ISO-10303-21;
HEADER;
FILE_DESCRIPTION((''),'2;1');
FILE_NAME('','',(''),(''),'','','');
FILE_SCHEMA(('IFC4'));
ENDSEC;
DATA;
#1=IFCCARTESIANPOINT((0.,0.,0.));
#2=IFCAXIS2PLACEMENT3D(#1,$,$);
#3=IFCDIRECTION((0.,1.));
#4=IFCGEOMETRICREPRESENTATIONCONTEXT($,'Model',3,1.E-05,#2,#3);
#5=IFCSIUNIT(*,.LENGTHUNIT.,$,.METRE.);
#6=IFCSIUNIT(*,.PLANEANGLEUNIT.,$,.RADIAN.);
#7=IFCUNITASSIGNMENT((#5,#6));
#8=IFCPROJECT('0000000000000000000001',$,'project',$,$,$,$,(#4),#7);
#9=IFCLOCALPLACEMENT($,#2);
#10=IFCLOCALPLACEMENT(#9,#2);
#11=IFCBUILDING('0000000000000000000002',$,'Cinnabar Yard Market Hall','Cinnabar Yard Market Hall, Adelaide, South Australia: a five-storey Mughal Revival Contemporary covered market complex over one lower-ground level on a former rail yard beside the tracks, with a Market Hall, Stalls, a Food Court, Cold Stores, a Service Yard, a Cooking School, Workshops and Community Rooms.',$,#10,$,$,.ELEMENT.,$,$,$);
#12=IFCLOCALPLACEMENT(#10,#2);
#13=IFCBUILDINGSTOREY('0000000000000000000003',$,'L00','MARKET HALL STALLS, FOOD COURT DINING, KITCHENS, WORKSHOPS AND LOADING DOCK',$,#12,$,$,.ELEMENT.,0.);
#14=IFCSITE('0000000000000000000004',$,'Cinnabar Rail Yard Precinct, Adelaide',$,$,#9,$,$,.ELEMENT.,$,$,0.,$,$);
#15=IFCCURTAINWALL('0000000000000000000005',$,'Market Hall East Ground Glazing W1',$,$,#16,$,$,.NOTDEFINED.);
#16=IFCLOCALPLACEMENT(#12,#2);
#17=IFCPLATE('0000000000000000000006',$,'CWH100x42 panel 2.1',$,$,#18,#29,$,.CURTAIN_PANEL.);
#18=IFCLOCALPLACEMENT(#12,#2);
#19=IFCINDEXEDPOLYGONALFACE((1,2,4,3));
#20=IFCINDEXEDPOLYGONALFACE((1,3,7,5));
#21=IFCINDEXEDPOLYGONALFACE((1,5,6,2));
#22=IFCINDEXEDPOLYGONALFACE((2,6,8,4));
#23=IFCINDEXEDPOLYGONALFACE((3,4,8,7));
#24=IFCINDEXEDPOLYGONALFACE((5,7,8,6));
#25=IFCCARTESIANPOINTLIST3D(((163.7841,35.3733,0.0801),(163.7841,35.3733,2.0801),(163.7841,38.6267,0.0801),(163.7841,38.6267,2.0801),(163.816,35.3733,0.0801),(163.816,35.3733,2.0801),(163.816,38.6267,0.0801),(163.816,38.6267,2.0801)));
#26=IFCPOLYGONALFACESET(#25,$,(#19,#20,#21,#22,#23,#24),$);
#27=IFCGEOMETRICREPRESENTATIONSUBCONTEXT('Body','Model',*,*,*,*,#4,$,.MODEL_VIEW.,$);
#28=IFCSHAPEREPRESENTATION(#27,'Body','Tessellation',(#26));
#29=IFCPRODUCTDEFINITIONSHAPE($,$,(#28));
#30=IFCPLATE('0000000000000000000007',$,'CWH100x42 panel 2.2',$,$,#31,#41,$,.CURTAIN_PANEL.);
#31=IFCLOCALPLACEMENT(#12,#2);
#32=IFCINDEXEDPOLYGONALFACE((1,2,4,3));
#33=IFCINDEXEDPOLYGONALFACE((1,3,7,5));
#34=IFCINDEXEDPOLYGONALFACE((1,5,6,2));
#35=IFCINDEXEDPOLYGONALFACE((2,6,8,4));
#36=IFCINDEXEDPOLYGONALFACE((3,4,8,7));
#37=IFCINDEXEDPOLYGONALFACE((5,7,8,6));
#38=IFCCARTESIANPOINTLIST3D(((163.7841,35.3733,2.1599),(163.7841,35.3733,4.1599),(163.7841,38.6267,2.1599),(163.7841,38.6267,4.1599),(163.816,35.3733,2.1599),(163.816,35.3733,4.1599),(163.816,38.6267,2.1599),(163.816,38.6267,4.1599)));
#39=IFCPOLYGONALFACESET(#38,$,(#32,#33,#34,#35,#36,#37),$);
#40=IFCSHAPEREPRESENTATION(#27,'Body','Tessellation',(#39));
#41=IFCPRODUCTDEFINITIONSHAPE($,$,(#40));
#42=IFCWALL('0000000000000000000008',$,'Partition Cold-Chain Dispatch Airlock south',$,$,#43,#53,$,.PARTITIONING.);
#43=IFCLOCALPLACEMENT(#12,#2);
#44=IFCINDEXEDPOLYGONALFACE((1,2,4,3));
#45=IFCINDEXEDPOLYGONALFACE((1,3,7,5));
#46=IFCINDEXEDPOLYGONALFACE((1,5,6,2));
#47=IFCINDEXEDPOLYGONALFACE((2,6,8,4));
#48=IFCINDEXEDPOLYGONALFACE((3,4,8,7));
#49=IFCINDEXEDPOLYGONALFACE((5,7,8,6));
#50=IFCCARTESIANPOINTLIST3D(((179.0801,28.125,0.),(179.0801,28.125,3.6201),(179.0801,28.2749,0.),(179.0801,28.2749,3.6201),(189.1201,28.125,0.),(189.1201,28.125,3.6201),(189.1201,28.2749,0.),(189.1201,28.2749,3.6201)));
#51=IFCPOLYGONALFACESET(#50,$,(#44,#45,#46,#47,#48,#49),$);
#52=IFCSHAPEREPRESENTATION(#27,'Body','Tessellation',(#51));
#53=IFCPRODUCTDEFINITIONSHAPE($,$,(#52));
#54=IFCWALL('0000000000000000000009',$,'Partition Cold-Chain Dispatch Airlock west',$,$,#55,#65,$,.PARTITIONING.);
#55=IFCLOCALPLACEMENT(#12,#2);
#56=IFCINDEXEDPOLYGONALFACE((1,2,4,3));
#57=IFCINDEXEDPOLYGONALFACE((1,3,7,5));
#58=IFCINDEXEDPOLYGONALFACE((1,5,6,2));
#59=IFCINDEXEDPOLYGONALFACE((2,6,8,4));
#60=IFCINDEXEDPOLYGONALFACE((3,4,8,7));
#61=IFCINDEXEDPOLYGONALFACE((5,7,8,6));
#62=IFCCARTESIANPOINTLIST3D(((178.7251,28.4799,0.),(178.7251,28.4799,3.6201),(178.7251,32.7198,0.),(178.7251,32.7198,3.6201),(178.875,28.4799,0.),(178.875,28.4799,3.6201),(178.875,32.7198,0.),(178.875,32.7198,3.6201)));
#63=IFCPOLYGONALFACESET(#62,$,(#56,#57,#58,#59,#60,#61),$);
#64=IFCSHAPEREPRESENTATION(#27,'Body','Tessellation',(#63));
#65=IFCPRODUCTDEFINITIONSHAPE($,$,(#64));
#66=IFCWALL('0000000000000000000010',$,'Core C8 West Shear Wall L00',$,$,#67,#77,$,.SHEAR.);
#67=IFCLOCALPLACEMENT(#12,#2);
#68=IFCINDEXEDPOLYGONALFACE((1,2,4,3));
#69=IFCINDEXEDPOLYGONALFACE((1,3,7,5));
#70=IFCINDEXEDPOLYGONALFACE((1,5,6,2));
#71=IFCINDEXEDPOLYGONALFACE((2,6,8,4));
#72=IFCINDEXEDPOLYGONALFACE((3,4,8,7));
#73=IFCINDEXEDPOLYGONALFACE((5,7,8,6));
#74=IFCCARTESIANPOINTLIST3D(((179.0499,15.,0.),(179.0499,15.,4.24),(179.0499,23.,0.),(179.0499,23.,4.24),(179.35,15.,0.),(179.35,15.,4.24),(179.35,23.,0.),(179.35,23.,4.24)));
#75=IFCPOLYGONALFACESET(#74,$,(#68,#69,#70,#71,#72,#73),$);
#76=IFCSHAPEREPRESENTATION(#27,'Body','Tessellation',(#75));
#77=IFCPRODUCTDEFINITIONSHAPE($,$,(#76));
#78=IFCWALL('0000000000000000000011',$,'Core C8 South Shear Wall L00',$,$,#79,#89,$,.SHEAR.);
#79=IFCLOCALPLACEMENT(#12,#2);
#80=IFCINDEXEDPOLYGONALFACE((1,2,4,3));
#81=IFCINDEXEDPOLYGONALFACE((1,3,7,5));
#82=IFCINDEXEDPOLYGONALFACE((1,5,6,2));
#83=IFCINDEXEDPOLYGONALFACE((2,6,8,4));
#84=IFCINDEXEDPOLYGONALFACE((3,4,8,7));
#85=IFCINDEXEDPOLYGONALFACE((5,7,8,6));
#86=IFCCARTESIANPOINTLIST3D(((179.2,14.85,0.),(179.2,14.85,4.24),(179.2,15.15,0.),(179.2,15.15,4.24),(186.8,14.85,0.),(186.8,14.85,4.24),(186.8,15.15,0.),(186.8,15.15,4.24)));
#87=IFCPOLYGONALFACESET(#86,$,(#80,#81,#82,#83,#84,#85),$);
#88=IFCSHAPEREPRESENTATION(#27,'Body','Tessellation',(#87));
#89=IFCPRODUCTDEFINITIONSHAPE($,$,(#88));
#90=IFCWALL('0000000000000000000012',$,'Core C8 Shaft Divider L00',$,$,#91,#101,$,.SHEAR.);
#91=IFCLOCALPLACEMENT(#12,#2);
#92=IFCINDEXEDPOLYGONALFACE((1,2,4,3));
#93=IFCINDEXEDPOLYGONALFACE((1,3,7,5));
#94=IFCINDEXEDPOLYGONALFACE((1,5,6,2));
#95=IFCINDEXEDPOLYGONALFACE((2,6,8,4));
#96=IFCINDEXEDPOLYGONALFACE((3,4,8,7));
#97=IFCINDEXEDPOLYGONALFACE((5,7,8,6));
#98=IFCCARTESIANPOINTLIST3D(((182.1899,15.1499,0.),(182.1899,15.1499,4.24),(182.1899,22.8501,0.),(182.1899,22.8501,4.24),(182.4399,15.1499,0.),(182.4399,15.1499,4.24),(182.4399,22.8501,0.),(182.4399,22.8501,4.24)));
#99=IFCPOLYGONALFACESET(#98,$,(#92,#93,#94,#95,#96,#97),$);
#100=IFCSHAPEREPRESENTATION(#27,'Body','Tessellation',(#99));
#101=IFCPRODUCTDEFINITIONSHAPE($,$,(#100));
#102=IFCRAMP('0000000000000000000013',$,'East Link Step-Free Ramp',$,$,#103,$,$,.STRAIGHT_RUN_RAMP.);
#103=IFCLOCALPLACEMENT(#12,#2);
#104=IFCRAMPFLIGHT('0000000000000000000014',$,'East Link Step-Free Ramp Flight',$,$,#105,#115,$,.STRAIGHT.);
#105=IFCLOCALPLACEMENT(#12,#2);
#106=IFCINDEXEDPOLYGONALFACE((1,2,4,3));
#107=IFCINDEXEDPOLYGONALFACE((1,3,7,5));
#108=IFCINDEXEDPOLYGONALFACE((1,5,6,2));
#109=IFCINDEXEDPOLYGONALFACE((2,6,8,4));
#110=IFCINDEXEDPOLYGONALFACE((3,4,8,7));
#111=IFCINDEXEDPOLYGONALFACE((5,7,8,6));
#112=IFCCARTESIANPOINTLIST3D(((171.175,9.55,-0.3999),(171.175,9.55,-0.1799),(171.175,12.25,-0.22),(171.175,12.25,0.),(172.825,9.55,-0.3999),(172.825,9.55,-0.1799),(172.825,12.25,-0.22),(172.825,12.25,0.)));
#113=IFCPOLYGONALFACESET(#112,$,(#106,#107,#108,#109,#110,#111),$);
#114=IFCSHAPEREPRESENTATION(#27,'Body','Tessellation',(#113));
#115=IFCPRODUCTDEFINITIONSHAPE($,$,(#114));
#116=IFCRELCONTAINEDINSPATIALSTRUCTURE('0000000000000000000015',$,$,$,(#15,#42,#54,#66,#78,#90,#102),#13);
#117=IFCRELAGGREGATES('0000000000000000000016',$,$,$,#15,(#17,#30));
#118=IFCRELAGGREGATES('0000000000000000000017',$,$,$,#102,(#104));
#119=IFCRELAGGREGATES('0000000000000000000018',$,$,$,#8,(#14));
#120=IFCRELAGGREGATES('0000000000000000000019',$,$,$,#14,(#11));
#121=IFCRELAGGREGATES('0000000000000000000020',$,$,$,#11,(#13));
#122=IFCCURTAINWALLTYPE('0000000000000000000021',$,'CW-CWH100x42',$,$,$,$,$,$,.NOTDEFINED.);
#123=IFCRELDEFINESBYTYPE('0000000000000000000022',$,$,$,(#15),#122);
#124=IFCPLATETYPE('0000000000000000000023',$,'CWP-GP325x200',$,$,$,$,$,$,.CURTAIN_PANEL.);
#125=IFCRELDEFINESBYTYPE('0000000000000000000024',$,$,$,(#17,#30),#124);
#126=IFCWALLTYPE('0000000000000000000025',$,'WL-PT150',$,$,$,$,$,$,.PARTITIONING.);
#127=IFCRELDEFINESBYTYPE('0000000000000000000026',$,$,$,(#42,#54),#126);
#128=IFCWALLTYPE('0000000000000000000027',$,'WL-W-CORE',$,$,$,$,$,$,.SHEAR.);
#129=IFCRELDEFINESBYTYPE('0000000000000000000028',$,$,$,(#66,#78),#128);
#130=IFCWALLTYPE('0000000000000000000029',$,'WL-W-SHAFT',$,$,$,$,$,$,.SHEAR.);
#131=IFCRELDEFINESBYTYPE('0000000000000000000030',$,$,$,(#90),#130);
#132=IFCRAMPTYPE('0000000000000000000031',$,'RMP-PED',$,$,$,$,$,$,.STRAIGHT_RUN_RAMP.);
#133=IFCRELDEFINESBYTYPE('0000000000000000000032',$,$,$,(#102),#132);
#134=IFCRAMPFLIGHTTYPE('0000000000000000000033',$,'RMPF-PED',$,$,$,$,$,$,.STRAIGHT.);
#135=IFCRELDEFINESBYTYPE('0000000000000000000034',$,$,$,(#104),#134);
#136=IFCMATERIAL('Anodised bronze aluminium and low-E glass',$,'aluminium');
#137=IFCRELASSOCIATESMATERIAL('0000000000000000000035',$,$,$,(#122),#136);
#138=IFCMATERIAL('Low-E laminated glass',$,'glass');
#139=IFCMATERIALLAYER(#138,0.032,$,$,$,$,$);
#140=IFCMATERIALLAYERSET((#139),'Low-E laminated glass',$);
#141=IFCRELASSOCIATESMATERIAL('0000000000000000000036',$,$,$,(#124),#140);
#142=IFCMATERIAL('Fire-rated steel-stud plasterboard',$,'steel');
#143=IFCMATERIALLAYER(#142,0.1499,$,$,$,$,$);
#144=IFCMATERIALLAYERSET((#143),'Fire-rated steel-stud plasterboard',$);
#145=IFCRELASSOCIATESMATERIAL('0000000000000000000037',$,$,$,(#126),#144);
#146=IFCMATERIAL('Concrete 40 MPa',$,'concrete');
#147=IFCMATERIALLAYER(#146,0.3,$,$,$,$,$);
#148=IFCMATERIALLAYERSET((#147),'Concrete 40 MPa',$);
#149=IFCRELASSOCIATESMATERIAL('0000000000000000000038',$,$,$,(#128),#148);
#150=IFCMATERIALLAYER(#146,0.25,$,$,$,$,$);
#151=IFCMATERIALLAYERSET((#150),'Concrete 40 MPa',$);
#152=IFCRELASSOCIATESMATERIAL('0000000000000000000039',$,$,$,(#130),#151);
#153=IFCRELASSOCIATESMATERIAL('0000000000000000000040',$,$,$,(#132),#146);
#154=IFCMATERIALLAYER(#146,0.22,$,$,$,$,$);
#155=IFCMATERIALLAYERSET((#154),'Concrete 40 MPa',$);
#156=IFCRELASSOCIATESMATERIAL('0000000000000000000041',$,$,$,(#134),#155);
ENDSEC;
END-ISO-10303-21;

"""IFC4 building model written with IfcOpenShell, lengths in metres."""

from ifc_helpers import new_model, si_unit, direction, frame, frame_2d, origin, origin_2d_with_axis, place, context, subcontext, project, spatial, polyline, rectangle, outline, extrude, material, layer, layer_set, type_object, element, aggregate, save


model = new_model("IFC4")

# Units and contexts
model_context = context("Model", 3, precision=1e-05, world=origin(), true_north=direction((0.0, 1.0)))
body_context = subcontext(model_context, "Body", "Model", "MODEL_VIEW")
ifc_project = project(units=[si_unit("LENGTHUNIT", "METRE"), si_unit("PLANEANGLEUNIT", "RADIAN")], contexts=[model_context])

# Site, building, storey
site_placement = place(None, origin())
site = spatial("IfcSite", under=ifc_project, at=site_placement, Name="Cinnabar Rail Yard Precinct, Adelaide", CompositionType="ELEMENT", RefElevation=0.0)
building_placement = place(site_placement, origin())
building = spatial("IfcBuilding", under=site, at=building_placement, Name="Cinnabar Yard Market Hall", Description="Cinnabar Yard Market Hall, Adelaide, South Australia: a five-storey Mughal Revival Contemporary covered market complex over one lower-ground level on a former rail yard beside the tracks, with a Market Hall, Stalls, a Food Court, Cold Stores, a Service Yard, a Cooking School, Workshops and Community Rooms.", CompositionType="ELEMENT")
storey_placement = place(building_placement, origin())
storey = spatial("IfcBuildingStorey", under=building, at=storey_placement, Name="L00", Description="MARKET HALL STALLS, FOOD COURT DINING, KITCHENS, WORKSHOPS AND LOADING DOCK", CompositionType="ELEMENT", Elevation=0.0)

# Shared definitions
ifc_material_1 = material(Name="Concrete 40 MPa", Category="concrete")

# Curtain wall, plates
ifc_material_2 = material(Name="Anodised bronze aluminium and low-E glass", Category="aluminium")
curtain_wall_type = type_object("IfcCurtainWallType", Name="CW-CWH100x42", PredefinedType="NOTDEFINED", material=ifc_material_2)
curtain_wall_placement = place(storey_placement, origin())
curtain_wall = element("IfcCurtainWall", 1, at=curtain_wall_placement, inside=storey, type_object=curtain_wall_type, Name="Market Hall East Ground Glazing W1", PredefinedType="NOTDEFINED")
ifc_material_3 = material(Name="Low-E laminated glass", Category="glass")
ifc_layer_1 = layer(ifc_material_3, 0.032)
ifc_layer_set_1 = layer_set([ifc_layer_1], Name="Low-E laminated glass")
plate_type_1 = type_object("IfcPlateType", Name="CWP-GP325x200", PredefinedType="CURTAIN_PANEL", material=ifc_layer_set_1)
plate_1_placement = place(storey_placement, frame((163.8, 37.0, 0.0801), z_axis=(0.0, 0.0, 1.0), x_axis=(0.0, 1.0, 0.0)))
plate_1 = element("IfcPlate", 2, at=plate_1_placement, type_object=plate_type_1, Name="CWH100x42 panel 2.1", PredefinedType="CURTAIN_PANEL", context=body_context, shape_type="SweptSolid", body=[
    extrude(rectangle(XDim=3.2534, YDim=0.032, at=origin_2d_with_axis()), origin(), (0.0, 0.0, 1.0), 2.0),
])
plate_2_placement = place(storey_placement, frame((163.8, 37.0, 2.1599), z_axis=(0.0, 0.0, 1.0), x_axis=(0.0, 1.0, 0.0)))
plate_2 = element("IfcPlate", 3, at=plate_2_placement, type_object=plate_type_1, Name="CWH100x42 panel 2.2", PredefinedType="CURTAIN_PANEL", context=body_context, shape_type="SweptSolid", body=[
    extrude(rectangle(XDim=3.2534, YDim=0.032, at=origin_2d_with_axis()), origin(), (0.0, 0.0, 1.0), 2.0),
])
aggregate(curtain_wall, [plate_1, plate_2])

# Walls
ifc_material_4 = material(Name="Fire-rated steel-stud plasterboard", Category="steel")
ifc_layer_2 = layer(ifc_material_4, 0.1499)
ifc_layer_set_2 = layer_set([ifc_layer_2], Name="Fire-rated steel-stud plasterboard")
wall_type_1 = type_object("IfcWallType", Name="WL-PT150", PredefinedType="PARTITIONING", material=ifc_layer_set_2)
wall_1_placement = place(storey_placement, frame((179.0801, 28.2, 0.0), z_axis=(0.0, 0.0, 1.0), x_axis=(1.0, 0.0, 0.0)))
element("IfcWall", 4, at=wall_1_placement, inside=storey, type_object=wall_type_1, Name="Partition Cold-Chain Dispatch Airlock south", PredefinedType="PARTITIONING", context=body_context, shape_type="SweptSolid", body=[
    extrude(rectangle(XDim=10.04, YDim=0.1499, at=frame_2d((5.02, 0.0), x_axis=(1.0, 0.0))), origin(), (0.0, 0.0, 1.0), 3.6201),
])
wall_2_placement = place(storey_placement, frame((178.8, 32.72, 0.0), z_axis=(0.0, 0.0, 1.0), x_axis=(0.0, -1.0, 0.0)))
element("IfcWall", 5, at=wall_2_placement, inside=storey, type_object=wall_type_1, Name="Partition Cold-Chain Dispatch Airlock west", PredefinedType="PARTITIONING", context=body_context, shape_type="SweptSolid", body=[
    extrude(rectangle(XDim=4.24, YDim=0.1499, at=frame_2d((2.1201, 0.0), x_axis=(1.0, 0.0))), origin(), (0.0, 0.0, 1.0), 3.6201),
])
ifc_layer_3 = layer(ifc_material_1, 0.3)
ifc_layer_set_3 = layer_set([ifc_layer_3], Name="Concrete 40 MPa")
wall_type_2 = type_object("IfcWallType", Name="WL-W-CORE", PredefinedType="SHEAR", material=ifc_layer_set_3)
wall_3_placement = place(storey_placement, frame((179.2, 23.0, 0.0), z_axis=(0.0, 0.0, 1.0), x_axis=(0.0, -1.0, 0.0)))
element("IfcWall", 6, at=wall_3_placement, inside=storey, type_object=wall_type_2, Name="Core C8 West Shear Wall L00", PredefinedType="SHEAR", context=body_context, shape_type="SweptSolid", body=[
    extrude(rectangle(XDim=8.0, YDim=0.3, at=frame_2d((4.0, 0.0), x_axis=(1.0, 0.0))), origin(), (0.0, 0.0, 1.0), 4.24),
])
wall_4_placement = place(storey_placement, frame((179.2, 15.0, 0.0), z_axis=(0.0, 0.0, 1.0), x_axis=(1.0, 0.0, 0.0)))
element("IfcWall", 7, at=wall_4_placement, inside=storey, type_object=wall_type_2, Name="Core C8 South Shear Wall L00", PredefinedType="SHEAR", context=body_context, shape_type="SweptSolid", body=[
    extrude(rectangle(XDim=7.6001, YDim=0.3, at=frame_2d((3.8, 0.0), x_axis=(1.0, 0.0))), origin(), (0.0, 0.0, 1.0), 4.24),
])

# Wall
ifc_layer_4 = layer(ifc_material_1, 0.25)
ifc_layer_set_4 = layer_set([ifc_layer_4], Name="Concrete 40 MPa")
wall_type_3 = type_object("IfcWallType", Name="WL-W-SHAFT", PredefinedType="SHEAR", material=ifc_layer_set_4)
wall_5_placement = place(storey_placement, frame((182.3149, 15.1499, 0.0), z_axis=(0.0, 0.0, 1.0), x_axis=(0.0, 1.0, 0.0)))
element("IfcWall", 8, at=wall_5_placement, inside=storey, type_object=wall_type_3, Name="Core C8 Shaft Divider L00", PredefinedType="SHEAR", context=body_context, shape_type="SweptSolid", body=[
    extrude(rectangle(XDim=7.7002, YDim=0.25, at=frame_2d((3.8501, 0.0), x_axis=(1.0, 0.0))), origin(), (0.0, 0.0, 1.0), 4.24),
])

# Ramp, ramp flight
ramp_type = type_object("IfcRampType", Name="RMP-PED", PredefinedType="STRAIGHT_RUN_RAMP", material=ifc_material_1)
ramp_placement = place(storey_placement, origin())
ramp = element("IfcRamp", 9, at=ramp_placement, inside=storey, type_object=ramp_type, Name="East Link Step-Free Ramp", PredefinedType="STRAIGHT_RUN_RAMP")
ifc_layer_5 = layer(ifc_material_1, 0.22)
ifc_layer_set_5 = layer_set([ifc_layer_5], Name="Concrete 40 MPa")
ramp_flight_type = type_object("IfcRampFlightType", Name="RMPF-PED", PredefinedType="STRAIGHT", material=ifc_layer_set_5)
ramp_flight_placement = place(storey_placement, frame((172.0, 9.55, -0.1799), z_axis=(0.0, 0.0, 1.0), x_axis=(0.0, 1.0, 0.0)))
ramp_flight = element("IfcRampFlight", 10, at=ramp_flight_placement, type_object=ramp_flight_type, Name="East Link Step-Free Ramp Flight", PredefinedType="STRAIGHT", context=body_context, shape_type="SweptSolid", body=[
    extrude(outline(polyline([(0.0, 0.0), (2.7, 0.1799), (2.7, -0.04), (0.0, -0.22), (0.0, 0.0)])), frame((0.0, 0.825, 0.0), z_axis=(0.0, -1.0, 0.0), x_axis=(1.0, 0.0, 0.0)), (0.0, 0.0, 1.0), 1.6499),
])
aggregate(ramp, [ramp_flight])

save(model, "model.ifc")
